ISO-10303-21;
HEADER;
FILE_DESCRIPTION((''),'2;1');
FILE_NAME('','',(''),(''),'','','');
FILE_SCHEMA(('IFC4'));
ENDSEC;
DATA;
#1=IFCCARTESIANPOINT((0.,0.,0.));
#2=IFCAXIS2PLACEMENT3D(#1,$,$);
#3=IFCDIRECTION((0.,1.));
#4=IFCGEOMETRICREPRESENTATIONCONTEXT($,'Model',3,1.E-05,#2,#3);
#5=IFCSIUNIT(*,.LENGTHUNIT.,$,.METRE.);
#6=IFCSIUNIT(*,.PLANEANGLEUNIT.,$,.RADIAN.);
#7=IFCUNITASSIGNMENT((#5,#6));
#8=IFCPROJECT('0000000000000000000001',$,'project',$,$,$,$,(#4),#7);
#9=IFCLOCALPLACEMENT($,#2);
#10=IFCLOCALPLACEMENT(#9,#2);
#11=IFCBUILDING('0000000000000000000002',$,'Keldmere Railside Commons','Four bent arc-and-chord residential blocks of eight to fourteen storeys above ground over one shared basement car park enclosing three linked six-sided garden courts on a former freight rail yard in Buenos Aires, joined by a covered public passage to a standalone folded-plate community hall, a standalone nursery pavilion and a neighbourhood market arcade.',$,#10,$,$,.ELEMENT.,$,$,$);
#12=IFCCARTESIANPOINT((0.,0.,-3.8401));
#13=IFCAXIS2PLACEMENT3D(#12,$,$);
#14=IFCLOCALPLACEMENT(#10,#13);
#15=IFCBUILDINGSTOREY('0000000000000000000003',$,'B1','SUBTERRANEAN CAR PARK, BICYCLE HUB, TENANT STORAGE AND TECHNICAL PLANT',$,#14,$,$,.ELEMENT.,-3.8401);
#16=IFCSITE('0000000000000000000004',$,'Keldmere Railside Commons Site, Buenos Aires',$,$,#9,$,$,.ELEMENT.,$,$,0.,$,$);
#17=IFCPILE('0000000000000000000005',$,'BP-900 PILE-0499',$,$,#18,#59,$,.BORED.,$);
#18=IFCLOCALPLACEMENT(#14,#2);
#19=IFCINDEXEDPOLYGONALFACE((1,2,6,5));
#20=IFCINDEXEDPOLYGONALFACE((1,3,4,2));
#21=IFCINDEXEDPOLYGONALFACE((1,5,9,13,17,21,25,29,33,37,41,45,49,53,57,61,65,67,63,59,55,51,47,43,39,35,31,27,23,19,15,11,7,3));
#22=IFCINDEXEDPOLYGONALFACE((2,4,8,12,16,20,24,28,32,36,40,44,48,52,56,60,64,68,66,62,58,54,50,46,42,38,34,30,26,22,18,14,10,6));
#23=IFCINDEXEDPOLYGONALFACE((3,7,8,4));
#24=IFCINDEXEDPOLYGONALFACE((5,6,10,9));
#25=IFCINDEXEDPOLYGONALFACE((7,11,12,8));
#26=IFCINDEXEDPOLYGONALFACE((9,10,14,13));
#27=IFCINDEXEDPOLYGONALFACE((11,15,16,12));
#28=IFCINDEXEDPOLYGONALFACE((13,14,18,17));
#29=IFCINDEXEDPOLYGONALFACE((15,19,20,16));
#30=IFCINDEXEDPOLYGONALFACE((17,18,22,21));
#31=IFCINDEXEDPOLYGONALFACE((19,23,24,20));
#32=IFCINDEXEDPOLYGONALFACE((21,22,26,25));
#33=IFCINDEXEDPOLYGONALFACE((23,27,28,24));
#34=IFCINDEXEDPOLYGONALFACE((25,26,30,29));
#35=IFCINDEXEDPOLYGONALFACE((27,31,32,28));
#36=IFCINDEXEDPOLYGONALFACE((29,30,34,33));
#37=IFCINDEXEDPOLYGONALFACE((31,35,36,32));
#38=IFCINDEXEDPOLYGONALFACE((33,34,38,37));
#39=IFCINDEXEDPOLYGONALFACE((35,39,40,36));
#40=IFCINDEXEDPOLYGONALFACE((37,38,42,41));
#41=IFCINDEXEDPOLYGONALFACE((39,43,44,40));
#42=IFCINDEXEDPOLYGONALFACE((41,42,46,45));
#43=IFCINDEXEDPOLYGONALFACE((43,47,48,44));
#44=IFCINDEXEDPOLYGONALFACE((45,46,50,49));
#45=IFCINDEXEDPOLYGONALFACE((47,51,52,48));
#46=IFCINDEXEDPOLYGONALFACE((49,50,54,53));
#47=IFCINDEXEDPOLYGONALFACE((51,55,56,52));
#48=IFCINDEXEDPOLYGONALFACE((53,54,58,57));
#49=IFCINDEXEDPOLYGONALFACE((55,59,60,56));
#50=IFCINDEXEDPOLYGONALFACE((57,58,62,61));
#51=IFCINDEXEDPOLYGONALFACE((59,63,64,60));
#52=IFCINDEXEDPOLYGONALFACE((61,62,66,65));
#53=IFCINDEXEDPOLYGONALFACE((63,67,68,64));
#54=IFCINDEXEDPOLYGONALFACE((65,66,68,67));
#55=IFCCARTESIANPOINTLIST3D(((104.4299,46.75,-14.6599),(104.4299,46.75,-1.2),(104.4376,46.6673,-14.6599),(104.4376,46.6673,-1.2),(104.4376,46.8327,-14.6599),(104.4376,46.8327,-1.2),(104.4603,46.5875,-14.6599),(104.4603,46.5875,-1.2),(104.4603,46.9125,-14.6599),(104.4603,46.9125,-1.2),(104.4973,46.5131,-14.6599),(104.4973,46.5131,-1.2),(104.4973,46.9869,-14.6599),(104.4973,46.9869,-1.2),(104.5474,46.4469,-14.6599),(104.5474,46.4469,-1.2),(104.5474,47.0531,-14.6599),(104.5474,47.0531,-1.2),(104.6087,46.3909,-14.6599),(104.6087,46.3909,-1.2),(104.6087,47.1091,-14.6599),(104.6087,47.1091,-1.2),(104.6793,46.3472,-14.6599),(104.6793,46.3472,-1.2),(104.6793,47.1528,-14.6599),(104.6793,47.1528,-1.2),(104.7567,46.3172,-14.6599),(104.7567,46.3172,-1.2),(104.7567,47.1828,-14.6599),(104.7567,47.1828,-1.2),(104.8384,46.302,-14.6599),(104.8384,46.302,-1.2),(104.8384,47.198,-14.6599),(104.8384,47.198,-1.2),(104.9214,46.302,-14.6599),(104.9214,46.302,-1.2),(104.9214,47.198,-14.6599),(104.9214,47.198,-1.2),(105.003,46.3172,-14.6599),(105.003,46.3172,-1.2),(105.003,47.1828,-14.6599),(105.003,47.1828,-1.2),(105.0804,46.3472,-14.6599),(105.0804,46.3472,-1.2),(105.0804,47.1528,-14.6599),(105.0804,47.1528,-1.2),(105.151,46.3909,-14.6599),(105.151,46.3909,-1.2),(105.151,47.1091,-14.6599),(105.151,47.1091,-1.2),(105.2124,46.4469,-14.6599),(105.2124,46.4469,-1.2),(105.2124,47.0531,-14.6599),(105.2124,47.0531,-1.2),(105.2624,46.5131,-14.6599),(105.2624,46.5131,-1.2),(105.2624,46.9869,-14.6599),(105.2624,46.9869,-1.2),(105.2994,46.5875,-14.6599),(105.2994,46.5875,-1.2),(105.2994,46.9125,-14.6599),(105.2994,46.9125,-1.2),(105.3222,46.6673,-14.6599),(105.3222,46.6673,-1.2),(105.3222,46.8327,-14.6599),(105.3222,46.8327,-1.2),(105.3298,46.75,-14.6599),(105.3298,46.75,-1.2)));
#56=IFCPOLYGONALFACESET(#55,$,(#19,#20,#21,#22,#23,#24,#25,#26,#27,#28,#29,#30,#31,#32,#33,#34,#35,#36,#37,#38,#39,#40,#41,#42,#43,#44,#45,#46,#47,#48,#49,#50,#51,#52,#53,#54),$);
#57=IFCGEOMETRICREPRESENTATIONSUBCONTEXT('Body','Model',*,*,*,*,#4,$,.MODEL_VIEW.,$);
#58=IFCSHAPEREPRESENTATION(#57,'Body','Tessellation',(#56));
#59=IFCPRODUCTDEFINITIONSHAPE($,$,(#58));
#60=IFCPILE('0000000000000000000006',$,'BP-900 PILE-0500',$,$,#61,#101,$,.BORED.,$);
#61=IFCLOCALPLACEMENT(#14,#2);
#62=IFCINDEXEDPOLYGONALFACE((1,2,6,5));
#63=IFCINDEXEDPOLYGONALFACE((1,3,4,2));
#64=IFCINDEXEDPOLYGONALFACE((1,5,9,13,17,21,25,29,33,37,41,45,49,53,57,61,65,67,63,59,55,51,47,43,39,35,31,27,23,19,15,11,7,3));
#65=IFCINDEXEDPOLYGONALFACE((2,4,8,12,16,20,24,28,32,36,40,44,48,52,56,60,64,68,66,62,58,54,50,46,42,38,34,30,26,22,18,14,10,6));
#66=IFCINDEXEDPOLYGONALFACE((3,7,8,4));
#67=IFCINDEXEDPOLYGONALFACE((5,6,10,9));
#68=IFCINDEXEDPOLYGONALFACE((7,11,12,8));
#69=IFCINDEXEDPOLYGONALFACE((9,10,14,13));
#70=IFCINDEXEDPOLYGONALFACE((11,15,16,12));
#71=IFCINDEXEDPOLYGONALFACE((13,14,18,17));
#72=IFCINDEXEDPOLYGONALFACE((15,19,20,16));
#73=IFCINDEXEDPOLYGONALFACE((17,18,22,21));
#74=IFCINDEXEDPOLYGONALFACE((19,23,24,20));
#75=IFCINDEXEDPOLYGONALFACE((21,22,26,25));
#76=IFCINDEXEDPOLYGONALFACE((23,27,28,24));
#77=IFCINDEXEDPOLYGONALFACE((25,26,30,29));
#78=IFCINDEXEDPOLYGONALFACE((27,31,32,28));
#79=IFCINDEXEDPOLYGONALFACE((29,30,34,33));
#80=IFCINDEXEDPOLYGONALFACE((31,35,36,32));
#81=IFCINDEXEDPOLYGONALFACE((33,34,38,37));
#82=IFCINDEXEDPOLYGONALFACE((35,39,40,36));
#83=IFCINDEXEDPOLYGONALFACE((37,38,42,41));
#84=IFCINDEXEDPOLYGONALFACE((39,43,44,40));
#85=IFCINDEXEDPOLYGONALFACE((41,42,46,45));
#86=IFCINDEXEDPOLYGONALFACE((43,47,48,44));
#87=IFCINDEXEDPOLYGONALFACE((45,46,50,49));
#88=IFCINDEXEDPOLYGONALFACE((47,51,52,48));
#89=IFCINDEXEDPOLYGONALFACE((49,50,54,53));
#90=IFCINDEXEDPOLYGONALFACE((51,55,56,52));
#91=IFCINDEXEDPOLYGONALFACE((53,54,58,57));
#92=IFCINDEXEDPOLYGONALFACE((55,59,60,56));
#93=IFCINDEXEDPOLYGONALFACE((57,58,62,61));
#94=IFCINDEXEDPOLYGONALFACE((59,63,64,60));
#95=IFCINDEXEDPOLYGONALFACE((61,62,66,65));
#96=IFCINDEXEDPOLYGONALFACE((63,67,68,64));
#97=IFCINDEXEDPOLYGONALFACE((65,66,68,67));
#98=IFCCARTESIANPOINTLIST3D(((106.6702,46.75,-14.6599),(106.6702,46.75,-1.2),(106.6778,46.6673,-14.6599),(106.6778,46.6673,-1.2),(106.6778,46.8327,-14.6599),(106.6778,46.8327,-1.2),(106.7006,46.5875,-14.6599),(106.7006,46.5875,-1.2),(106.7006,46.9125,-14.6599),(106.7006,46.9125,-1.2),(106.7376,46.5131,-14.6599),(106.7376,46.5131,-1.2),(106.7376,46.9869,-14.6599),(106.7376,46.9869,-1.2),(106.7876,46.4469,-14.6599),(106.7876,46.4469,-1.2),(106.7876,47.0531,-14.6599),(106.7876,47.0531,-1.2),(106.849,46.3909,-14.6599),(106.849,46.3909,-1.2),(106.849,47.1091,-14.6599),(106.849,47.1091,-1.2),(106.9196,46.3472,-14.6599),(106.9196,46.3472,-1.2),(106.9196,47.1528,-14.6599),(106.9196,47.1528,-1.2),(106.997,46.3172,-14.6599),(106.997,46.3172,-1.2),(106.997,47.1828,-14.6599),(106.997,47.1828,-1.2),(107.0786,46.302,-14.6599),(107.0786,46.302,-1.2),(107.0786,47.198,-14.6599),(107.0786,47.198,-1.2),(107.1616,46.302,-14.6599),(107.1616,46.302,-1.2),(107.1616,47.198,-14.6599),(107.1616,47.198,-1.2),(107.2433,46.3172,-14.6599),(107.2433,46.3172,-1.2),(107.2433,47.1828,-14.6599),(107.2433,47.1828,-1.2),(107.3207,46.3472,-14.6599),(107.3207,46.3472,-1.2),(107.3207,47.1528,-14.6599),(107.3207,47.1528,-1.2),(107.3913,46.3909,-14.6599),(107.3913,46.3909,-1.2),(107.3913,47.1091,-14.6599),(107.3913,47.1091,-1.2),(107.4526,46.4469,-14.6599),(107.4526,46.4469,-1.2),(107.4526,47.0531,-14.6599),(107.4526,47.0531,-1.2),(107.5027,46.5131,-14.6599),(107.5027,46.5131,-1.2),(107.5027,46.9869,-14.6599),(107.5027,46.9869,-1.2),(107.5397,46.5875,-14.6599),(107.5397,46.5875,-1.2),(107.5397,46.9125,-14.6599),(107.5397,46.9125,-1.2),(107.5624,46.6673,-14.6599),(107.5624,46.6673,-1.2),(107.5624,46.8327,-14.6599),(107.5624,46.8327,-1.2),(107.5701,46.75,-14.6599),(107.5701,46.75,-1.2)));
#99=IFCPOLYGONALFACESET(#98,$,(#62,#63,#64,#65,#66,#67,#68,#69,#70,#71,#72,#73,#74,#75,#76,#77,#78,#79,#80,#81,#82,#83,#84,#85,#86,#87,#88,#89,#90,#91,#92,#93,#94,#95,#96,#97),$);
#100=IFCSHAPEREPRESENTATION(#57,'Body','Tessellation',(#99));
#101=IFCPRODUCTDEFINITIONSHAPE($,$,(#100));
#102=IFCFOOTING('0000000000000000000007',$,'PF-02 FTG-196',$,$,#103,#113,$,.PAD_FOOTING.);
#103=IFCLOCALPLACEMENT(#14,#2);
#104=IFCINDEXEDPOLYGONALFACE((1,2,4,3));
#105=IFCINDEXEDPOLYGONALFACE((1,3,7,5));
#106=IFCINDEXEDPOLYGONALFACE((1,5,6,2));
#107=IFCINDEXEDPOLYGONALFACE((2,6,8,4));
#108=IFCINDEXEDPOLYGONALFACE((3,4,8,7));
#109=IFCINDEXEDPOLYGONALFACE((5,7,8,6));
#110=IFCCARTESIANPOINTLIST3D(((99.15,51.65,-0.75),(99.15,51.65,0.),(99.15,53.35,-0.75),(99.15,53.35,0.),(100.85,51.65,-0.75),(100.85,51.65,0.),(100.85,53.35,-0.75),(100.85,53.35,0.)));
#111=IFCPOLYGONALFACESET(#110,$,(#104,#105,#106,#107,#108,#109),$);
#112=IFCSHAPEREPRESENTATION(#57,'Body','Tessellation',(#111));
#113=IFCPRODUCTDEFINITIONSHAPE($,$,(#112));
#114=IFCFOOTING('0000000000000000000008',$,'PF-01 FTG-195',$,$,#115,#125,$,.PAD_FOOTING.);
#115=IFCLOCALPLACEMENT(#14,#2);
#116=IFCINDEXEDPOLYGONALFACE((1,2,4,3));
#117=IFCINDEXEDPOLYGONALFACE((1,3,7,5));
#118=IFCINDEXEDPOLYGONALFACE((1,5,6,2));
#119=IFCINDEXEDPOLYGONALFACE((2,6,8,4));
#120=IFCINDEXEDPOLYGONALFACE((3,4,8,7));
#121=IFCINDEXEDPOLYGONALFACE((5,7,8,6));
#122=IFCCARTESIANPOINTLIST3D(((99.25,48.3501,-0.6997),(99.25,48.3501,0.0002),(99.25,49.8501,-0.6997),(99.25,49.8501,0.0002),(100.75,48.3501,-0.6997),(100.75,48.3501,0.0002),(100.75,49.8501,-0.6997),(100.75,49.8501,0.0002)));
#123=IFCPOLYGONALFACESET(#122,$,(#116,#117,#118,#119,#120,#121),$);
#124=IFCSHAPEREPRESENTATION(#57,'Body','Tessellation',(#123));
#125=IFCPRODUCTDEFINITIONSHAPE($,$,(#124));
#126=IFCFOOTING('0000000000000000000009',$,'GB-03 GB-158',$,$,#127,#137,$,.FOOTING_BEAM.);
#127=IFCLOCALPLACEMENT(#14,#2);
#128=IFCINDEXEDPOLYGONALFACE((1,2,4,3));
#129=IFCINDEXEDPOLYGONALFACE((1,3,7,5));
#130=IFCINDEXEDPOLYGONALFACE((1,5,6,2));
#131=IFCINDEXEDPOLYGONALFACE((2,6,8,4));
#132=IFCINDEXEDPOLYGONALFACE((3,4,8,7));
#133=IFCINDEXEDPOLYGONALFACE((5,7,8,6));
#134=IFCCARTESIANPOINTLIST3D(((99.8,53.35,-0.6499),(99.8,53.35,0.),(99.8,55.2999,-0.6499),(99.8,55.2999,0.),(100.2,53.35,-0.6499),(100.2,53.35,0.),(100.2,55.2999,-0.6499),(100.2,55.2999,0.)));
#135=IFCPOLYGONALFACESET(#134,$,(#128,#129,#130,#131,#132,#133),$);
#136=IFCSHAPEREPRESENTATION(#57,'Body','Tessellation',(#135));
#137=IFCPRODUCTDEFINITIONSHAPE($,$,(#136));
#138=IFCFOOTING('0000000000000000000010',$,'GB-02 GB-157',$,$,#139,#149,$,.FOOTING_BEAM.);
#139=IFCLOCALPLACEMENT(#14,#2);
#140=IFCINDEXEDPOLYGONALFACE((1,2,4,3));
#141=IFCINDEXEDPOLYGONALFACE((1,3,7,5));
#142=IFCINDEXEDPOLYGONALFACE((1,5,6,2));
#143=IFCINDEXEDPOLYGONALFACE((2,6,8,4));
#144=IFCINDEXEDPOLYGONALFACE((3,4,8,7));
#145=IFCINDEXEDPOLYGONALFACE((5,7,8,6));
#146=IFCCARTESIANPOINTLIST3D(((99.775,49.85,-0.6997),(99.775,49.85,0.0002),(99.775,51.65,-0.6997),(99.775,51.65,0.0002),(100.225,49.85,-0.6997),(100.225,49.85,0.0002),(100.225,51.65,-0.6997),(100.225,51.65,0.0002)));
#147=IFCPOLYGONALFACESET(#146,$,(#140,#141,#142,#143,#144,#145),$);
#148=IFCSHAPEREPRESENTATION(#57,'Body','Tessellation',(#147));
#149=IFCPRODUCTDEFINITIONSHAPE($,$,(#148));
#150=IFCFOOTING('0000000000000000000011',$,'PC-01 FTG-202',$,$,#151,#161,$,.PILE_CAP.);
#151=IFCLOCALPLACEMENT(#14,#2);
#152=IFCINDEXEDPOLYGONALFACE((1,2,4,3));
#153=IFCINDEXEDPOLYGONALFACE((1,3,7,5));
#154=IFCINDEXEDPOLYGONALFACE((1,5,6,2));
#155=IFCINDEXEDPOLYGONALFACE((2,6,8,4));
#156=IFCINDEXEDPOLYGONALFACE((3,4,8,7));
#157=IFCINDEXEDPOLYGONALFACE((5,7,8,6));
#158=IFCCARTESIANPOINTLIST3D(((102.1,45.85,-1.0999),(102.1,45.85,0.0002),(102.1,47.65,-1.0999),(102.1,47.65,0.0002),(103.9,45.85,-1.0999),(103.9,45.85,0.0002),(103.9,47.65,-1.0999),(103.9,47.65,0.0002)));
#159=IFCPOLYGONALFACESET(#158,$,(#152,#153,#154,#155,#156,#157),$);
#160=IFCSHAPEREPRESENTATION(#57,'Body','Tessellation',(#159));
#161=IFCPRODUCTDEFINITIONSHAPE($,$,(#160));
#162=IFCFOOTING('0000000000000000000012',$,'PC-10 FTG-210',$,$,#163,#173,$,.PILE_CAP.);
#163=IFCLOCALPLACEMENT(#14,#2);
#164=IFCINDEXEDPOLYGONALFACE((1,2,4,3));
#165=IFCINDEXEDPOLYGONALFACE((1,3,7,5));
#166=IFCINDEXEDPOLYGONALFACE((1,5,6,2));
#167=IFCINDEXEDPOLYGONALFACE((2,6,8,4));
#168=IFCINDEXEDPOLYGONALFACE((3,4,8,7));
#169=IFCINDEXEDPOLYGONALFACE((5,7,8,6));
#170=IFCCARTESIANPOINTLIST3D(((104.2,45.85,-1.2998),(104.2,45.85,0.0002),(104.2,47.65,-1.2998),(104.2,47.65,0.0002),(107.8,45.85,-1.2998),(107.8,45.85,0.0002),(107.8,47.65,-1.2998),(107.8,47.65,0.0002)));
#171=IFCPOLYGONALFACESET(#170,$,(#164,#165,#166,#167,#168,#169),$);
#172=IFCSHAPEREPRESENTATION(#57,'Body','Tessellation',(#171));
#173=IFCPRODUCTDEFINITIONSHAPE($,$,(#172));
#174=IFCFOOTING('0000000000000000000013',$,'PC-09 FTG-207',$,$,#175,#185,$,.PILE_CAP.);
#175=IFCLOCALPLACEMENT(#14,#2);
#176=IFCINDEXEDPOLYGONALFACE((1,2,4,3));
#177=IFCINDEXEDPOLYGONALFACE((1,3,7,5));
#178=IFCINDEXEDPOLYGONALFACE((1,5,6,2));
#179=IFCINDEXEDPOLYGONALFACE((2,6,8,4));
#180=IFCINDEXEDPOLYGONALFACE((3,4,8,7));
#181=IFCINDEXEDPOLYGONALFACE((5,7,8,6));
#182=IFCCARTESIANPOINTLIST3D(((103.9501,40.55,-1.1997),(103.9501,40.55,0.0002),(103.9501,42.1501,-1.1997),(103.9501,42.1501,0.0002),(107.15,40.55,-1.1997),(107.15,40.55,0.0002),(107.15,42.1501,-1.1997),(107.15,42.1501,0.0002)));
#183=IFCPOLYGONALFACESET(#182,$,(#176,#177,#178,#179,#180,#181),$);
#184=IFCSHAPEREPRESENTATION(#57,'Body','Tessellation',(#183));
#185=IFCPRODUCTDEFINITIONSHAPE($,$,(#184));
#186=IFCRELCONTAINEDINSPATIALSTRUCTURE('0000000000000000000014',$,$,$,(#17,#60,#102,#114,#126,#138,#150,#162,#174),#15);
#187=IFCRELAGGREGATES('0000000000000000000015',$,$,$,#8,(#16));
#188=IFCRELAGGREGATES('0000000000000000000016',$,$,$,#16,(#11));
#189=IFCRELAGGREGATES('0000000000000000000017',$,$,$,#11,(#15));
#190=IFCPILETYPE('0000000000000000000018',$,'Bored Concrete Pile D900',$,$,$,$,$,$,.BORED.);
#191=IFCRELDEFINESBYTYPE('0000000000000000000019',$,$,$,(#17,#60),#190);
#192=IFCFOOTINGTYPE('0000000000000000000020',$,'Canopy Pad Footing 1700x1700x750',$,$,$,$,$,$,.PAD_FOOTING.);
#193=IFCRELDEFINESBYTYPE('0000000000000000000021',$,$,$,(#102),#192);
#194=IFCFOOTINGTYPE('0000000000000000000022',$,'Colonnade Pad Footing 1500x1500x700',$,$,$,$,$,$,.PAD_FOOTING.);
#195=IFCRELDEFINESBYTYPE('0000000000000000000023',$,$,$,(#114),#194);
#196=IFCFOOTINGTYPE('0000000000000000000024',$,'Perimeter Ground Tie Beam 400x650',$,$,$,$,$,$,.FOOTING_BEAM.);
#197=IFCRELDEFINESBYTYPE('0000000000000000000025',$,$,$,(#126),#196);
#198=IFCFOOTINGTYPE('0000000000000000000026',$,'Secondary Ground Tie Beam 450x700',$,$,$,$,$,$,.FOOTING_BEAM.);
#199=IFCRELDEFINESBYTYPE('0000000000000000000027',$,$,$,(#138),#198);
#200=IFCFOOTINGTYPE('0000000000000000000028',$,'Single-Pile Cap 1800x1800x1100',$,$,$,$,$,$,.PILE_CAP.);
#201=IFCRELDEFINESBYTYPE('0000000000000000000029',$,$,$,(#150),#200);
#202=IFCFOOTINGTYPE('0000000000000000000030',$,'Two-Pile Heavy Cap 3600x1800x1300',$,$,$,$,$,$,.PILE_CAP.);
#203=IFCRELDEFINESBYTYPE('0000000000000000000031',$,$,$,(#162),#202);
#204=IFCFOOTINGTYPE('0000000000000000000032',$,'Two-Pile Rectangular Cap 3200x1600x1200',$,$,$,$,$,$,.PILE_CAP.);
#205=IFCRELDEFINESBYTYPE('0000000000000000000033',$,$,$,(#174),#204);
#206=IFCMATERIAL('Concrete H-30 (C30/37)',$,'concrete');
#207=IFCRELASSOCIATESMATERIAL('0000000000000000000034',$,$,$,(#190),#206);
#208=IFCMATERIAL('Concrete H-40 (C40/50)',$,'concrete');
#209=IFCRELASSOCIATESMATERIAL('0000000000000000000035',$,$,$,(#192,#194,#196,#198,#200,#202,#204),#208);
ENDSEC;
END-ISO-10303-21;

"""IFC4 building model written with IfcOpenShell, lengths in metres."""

from ifc_helpers import new_model, si_unit, direction, frame, origin, origin_2d, place, context, subcontext, project, spatial, rectangle, circle, extrude, material, material_profile, profile_set, type_object, element, save


model = new_model("IFC4")

# Units and contexts
model_context = context("Model", 3, precision=1e-05, world=origin(), true_north=direction((0.0, 1.0)))
body_context = subcontext(model_context, "Body", "Model", "MODEL_VIEW")
ifc_project = project(units=[si_unit("LENGTHUNIT", "METRE"), si_unit("PLANEANGLEUNIT", "RADIAN")], contexts=[model_context])

# Site, building, storey
site_placement = place(None, origin())
site = spatial("IfcSite", under=ifc_project, at=site_placement, Name="Keldmere Railside Commons Site, Buenos Aires", CompositionType="ELEMENT", RefElevation=0.0)
building_placement = place(site_placement, origin())
building = spatial("IfcBuilding", under=site, at=building_placement, Name="Keldmere Railside Commons", Description="Four bent arc-and-chord residential blocks of eight to fourteen storeys above ground over one shared basement car park enclosing three linked six-sided garden courts on a former freight rail yard in Buenos Aires, joined by a covered public passage to a standalone folded-plate community hall, a standalone nursery pavilion and a neighbourhood market arcade.", CompositionType="ELEMENT")
storey_placement = place(building_placement, frame((0.0, 0.0, -3.8401)))
storey = spatial("IfcBuildingStorey", under=building, at=storey_placement, Name="B1", Description="SUBTERRANEAN CAR PARK, BICYCLE HUB, TENANT STORAGE AND TECHNICAL PLANT", CompositionType="ELEMENT", Elevation=-3.8401)

# Piles
ifc_material_1 = material(Name="Concrete H-30 (C30/37)", Category="concrete")
ifc_material_profile_1 = material_profile(ifc_material_1, circle(Radius=0.45, at=origin_2d()), Name="PILE-D900")
ifc_profile_set_1 = profile_set([ifc_material_profile_1], Name="Concrete H-30 (C30/37)")
pile_type_1 = type_object("IfcPileType", Name="Bored Concrete Pile D900", PredefinedType="BORED", material=ifc_profile_set_1)
for number, where, z_axis, x_axis, name in (
    (1, (104.8799, 46.75, -1.2), (0.0, 0.0, -1.0), (1.0, 0.0, 0.0), "BP-900 PILE-0499"),
    (2, (107.1201, 46.75, -1.2), (0.0, 0.0, -1.0), (1.0, 0.0, 0.0), "BP-900 PILE-0500"),
):
    element("IfcPile", number, at=place(storey_placement, frame(where, z_axis=z_axis, x_axis=x_axis)), inside=storey, type_object=pile_type_1, Name=name, PredefinedType="BORED", context=body_context, shape_type="SweptSolid", body=[
        extrude(circle(Radius=0.45, at=origin_2d()), origin(), (0.0, 0.0, 1.0), 13.46),
    ])

# Footings
ifc_material_2 = material(Name="Concrete H-40 (C40/50)", Category="concrete")
footing_type_1 = type_object("IfcFootingType", Name="Canopy Pad Footing 1700x1700x750", PredefinedType="PAD_FOOTING", material=ifc_material_2)
footing_1_placement = place(storey_placement, frame((100.0, 52.5, -0.75), z_axis=(0.0, 0.0, 1.0), x_axis=(1.0, 0.0, 0.0)))
element("IfcFooting", 3, at=footing_1_placement, inside=storey, type_object=footing_type_1, Name="PF-02 FTG-196", PredefinedType="PAD_FOOTING", context=body_context, shape_type="SweptSolid", body=[
    extrude(rectangle(XDim=1.7, YDim=1.7, at=origin_2d()), origin(), (0.0, 0.0, 1.0), 0.75),
])
footing_type_2 = type_object("IfcFootingType", Name="Colonnade Pad Footing 1500x1500x700", PredefinedType="PAD_FOOTING", material=ifc_material_2)
footing_2_placement = place(storey_placement, frame((100.0, 49.1001, -0.6997), z_axis=(0.0, 0.0, 1.0), x_axis=(1.0, 0.0, 0.0)))
element("IfcFooting", 4, at=footing_2_placement, inside=storey, type_object=footing_type_2, Name="PF-01 FTG-195", PredefinedType="PAD_FOOTING", context=body_context, shape_type="SweptSolid", body=[
    extrude(rectangle(XDim=1.5, YDim=1.5, at=origin_2d()), origin(), (0.0, 0.0, 1.0), 0.7),
])
footing_type_3 = type_object("IfcFootingType", Name="Perimeter Ground Tie Beam 400x650", PredefinedType="FOOTING_BEAM", material=ifc_material_2)
footing_3_placement = place(storey_placement, frame((100.0, 54.325, -0.6499), z_axis=(0.0, 0.0, 1.0), x_axis=(0.0, 1.0, 0.0)))
element("IfcFooting", 5, at=footing_3_placement, inside=storey, type_object=footing_type_3, Name="GB-03 GB-158", PredefinedType="FOOTING_BEAM", context=body_context, shape_type="SweptSolid", body=[
    extrude(rectangle(XDim=1.95, YDim=0.3999, at=origin_2d()), origin(), (0.0, 0.0, 1.0), 0.6499),
])
footing_type_4 = type_object("IfcFootingType", Name="Secondary Ground Tie Beam 450x700", PredefinedType="FOOTING_BEAM", material=ifc_material_2)
footing_4_placement = place(storey_placement, frame((100.0, 50.75, -0.6997), z_axis=(0.0, 0.0, 1.0), x_axis=(0.0, 1.0, 0.0)))
element("IfcFooting", 6, at=footing_4_placement, inside=storey, type_object=footing_type_4, Name="GB-02 GB-157", PredefinedType="FOOTING_BEAM", context=body_context, shape_type="SweptSolid", body=[
    extrude(rectangle(XDim=1.8, YDim=0.45, at=origin_2d()), origin(), (0.0, 0.0, 1.0), 0.7),
])
footing_type_5 = type_object("IfcFootingType", Name="Single-Pile Cap 1800x1800x1100", PredefinedType="PILE_CAP", material=ifc_material_2)
footing_5_placement = place(storey_placement, frame((103.0, 46.75, -1.0999), z_axis=(0.0, 0.0, 1.0), x_axis=(1.0, 0.0, 0.0)))
element("IfcFooting", 7, at=footing_5_placement, inside=storey, type_object=footing_type_5, Name="PC-01 FTG-202", PredefinedType="PILE_CAP", context=body_context, shape_type="SweptSolid", body=[
    extrude(rectangle(XDim=1.8, YDim=1.8, at=origin_2d()), origin(), (0.0, 0.0, 1.0), 1.1001),
])
footing_type_6 = type_object("IfcFootingType", Name="Two-Pile Heavy Cap 3600x1800x1300", PredefinedType="PILE_CAP", material=ifc_material_2)
footing_6_placement = place(storey_placement, frame((106.0, 46.75, -1.2998), z_axis=(0.0, 0.0, 1.0), x_axis=(1.0, 0.0, 0.0)))
element("IfcFooting", 8, at=footing_6_placement, inside=storey, type_object=footing_type_6, Name="PC-10 FTG-210", PredefinedType="PILE_CAP", context=body_context, shape_type="SweptSolid", body=[
    extrude(rectangle(XDim=3.6001, YDim=1.8, at=origin_2d()), origin(), (0.0, 0.0, 1.0), 1.3),
])
footing_type_7 = type_object("IfcFootingType", Name="Two-Pile Rectangular Cap 3200x1600x1200", PredefinedType="PILE_CAP", material=ifc_material_2)
footing_7_placement = place(storey_placement, frame((105.55, 41.3501, -1.1997), z_axis=(0.0, 0.0, 1.0), x_axis=(1.0, 0.0, 0.0)))
element("IfcFooting", 9, at=footing_7_placement, inside=storey, type_object=footing_type_7, Name="PC-09 FTG-207", PredefinedType="PILE_CAP", context=body_context, shape_type="SweptSolid", body=[
    extrude(rectangle(XDim=3.2, YDim=1.6001, at=origin_2d()), origin(), (0.0, 0.0, 1.0), 1.2),
])

save(model, "model.ifc")
